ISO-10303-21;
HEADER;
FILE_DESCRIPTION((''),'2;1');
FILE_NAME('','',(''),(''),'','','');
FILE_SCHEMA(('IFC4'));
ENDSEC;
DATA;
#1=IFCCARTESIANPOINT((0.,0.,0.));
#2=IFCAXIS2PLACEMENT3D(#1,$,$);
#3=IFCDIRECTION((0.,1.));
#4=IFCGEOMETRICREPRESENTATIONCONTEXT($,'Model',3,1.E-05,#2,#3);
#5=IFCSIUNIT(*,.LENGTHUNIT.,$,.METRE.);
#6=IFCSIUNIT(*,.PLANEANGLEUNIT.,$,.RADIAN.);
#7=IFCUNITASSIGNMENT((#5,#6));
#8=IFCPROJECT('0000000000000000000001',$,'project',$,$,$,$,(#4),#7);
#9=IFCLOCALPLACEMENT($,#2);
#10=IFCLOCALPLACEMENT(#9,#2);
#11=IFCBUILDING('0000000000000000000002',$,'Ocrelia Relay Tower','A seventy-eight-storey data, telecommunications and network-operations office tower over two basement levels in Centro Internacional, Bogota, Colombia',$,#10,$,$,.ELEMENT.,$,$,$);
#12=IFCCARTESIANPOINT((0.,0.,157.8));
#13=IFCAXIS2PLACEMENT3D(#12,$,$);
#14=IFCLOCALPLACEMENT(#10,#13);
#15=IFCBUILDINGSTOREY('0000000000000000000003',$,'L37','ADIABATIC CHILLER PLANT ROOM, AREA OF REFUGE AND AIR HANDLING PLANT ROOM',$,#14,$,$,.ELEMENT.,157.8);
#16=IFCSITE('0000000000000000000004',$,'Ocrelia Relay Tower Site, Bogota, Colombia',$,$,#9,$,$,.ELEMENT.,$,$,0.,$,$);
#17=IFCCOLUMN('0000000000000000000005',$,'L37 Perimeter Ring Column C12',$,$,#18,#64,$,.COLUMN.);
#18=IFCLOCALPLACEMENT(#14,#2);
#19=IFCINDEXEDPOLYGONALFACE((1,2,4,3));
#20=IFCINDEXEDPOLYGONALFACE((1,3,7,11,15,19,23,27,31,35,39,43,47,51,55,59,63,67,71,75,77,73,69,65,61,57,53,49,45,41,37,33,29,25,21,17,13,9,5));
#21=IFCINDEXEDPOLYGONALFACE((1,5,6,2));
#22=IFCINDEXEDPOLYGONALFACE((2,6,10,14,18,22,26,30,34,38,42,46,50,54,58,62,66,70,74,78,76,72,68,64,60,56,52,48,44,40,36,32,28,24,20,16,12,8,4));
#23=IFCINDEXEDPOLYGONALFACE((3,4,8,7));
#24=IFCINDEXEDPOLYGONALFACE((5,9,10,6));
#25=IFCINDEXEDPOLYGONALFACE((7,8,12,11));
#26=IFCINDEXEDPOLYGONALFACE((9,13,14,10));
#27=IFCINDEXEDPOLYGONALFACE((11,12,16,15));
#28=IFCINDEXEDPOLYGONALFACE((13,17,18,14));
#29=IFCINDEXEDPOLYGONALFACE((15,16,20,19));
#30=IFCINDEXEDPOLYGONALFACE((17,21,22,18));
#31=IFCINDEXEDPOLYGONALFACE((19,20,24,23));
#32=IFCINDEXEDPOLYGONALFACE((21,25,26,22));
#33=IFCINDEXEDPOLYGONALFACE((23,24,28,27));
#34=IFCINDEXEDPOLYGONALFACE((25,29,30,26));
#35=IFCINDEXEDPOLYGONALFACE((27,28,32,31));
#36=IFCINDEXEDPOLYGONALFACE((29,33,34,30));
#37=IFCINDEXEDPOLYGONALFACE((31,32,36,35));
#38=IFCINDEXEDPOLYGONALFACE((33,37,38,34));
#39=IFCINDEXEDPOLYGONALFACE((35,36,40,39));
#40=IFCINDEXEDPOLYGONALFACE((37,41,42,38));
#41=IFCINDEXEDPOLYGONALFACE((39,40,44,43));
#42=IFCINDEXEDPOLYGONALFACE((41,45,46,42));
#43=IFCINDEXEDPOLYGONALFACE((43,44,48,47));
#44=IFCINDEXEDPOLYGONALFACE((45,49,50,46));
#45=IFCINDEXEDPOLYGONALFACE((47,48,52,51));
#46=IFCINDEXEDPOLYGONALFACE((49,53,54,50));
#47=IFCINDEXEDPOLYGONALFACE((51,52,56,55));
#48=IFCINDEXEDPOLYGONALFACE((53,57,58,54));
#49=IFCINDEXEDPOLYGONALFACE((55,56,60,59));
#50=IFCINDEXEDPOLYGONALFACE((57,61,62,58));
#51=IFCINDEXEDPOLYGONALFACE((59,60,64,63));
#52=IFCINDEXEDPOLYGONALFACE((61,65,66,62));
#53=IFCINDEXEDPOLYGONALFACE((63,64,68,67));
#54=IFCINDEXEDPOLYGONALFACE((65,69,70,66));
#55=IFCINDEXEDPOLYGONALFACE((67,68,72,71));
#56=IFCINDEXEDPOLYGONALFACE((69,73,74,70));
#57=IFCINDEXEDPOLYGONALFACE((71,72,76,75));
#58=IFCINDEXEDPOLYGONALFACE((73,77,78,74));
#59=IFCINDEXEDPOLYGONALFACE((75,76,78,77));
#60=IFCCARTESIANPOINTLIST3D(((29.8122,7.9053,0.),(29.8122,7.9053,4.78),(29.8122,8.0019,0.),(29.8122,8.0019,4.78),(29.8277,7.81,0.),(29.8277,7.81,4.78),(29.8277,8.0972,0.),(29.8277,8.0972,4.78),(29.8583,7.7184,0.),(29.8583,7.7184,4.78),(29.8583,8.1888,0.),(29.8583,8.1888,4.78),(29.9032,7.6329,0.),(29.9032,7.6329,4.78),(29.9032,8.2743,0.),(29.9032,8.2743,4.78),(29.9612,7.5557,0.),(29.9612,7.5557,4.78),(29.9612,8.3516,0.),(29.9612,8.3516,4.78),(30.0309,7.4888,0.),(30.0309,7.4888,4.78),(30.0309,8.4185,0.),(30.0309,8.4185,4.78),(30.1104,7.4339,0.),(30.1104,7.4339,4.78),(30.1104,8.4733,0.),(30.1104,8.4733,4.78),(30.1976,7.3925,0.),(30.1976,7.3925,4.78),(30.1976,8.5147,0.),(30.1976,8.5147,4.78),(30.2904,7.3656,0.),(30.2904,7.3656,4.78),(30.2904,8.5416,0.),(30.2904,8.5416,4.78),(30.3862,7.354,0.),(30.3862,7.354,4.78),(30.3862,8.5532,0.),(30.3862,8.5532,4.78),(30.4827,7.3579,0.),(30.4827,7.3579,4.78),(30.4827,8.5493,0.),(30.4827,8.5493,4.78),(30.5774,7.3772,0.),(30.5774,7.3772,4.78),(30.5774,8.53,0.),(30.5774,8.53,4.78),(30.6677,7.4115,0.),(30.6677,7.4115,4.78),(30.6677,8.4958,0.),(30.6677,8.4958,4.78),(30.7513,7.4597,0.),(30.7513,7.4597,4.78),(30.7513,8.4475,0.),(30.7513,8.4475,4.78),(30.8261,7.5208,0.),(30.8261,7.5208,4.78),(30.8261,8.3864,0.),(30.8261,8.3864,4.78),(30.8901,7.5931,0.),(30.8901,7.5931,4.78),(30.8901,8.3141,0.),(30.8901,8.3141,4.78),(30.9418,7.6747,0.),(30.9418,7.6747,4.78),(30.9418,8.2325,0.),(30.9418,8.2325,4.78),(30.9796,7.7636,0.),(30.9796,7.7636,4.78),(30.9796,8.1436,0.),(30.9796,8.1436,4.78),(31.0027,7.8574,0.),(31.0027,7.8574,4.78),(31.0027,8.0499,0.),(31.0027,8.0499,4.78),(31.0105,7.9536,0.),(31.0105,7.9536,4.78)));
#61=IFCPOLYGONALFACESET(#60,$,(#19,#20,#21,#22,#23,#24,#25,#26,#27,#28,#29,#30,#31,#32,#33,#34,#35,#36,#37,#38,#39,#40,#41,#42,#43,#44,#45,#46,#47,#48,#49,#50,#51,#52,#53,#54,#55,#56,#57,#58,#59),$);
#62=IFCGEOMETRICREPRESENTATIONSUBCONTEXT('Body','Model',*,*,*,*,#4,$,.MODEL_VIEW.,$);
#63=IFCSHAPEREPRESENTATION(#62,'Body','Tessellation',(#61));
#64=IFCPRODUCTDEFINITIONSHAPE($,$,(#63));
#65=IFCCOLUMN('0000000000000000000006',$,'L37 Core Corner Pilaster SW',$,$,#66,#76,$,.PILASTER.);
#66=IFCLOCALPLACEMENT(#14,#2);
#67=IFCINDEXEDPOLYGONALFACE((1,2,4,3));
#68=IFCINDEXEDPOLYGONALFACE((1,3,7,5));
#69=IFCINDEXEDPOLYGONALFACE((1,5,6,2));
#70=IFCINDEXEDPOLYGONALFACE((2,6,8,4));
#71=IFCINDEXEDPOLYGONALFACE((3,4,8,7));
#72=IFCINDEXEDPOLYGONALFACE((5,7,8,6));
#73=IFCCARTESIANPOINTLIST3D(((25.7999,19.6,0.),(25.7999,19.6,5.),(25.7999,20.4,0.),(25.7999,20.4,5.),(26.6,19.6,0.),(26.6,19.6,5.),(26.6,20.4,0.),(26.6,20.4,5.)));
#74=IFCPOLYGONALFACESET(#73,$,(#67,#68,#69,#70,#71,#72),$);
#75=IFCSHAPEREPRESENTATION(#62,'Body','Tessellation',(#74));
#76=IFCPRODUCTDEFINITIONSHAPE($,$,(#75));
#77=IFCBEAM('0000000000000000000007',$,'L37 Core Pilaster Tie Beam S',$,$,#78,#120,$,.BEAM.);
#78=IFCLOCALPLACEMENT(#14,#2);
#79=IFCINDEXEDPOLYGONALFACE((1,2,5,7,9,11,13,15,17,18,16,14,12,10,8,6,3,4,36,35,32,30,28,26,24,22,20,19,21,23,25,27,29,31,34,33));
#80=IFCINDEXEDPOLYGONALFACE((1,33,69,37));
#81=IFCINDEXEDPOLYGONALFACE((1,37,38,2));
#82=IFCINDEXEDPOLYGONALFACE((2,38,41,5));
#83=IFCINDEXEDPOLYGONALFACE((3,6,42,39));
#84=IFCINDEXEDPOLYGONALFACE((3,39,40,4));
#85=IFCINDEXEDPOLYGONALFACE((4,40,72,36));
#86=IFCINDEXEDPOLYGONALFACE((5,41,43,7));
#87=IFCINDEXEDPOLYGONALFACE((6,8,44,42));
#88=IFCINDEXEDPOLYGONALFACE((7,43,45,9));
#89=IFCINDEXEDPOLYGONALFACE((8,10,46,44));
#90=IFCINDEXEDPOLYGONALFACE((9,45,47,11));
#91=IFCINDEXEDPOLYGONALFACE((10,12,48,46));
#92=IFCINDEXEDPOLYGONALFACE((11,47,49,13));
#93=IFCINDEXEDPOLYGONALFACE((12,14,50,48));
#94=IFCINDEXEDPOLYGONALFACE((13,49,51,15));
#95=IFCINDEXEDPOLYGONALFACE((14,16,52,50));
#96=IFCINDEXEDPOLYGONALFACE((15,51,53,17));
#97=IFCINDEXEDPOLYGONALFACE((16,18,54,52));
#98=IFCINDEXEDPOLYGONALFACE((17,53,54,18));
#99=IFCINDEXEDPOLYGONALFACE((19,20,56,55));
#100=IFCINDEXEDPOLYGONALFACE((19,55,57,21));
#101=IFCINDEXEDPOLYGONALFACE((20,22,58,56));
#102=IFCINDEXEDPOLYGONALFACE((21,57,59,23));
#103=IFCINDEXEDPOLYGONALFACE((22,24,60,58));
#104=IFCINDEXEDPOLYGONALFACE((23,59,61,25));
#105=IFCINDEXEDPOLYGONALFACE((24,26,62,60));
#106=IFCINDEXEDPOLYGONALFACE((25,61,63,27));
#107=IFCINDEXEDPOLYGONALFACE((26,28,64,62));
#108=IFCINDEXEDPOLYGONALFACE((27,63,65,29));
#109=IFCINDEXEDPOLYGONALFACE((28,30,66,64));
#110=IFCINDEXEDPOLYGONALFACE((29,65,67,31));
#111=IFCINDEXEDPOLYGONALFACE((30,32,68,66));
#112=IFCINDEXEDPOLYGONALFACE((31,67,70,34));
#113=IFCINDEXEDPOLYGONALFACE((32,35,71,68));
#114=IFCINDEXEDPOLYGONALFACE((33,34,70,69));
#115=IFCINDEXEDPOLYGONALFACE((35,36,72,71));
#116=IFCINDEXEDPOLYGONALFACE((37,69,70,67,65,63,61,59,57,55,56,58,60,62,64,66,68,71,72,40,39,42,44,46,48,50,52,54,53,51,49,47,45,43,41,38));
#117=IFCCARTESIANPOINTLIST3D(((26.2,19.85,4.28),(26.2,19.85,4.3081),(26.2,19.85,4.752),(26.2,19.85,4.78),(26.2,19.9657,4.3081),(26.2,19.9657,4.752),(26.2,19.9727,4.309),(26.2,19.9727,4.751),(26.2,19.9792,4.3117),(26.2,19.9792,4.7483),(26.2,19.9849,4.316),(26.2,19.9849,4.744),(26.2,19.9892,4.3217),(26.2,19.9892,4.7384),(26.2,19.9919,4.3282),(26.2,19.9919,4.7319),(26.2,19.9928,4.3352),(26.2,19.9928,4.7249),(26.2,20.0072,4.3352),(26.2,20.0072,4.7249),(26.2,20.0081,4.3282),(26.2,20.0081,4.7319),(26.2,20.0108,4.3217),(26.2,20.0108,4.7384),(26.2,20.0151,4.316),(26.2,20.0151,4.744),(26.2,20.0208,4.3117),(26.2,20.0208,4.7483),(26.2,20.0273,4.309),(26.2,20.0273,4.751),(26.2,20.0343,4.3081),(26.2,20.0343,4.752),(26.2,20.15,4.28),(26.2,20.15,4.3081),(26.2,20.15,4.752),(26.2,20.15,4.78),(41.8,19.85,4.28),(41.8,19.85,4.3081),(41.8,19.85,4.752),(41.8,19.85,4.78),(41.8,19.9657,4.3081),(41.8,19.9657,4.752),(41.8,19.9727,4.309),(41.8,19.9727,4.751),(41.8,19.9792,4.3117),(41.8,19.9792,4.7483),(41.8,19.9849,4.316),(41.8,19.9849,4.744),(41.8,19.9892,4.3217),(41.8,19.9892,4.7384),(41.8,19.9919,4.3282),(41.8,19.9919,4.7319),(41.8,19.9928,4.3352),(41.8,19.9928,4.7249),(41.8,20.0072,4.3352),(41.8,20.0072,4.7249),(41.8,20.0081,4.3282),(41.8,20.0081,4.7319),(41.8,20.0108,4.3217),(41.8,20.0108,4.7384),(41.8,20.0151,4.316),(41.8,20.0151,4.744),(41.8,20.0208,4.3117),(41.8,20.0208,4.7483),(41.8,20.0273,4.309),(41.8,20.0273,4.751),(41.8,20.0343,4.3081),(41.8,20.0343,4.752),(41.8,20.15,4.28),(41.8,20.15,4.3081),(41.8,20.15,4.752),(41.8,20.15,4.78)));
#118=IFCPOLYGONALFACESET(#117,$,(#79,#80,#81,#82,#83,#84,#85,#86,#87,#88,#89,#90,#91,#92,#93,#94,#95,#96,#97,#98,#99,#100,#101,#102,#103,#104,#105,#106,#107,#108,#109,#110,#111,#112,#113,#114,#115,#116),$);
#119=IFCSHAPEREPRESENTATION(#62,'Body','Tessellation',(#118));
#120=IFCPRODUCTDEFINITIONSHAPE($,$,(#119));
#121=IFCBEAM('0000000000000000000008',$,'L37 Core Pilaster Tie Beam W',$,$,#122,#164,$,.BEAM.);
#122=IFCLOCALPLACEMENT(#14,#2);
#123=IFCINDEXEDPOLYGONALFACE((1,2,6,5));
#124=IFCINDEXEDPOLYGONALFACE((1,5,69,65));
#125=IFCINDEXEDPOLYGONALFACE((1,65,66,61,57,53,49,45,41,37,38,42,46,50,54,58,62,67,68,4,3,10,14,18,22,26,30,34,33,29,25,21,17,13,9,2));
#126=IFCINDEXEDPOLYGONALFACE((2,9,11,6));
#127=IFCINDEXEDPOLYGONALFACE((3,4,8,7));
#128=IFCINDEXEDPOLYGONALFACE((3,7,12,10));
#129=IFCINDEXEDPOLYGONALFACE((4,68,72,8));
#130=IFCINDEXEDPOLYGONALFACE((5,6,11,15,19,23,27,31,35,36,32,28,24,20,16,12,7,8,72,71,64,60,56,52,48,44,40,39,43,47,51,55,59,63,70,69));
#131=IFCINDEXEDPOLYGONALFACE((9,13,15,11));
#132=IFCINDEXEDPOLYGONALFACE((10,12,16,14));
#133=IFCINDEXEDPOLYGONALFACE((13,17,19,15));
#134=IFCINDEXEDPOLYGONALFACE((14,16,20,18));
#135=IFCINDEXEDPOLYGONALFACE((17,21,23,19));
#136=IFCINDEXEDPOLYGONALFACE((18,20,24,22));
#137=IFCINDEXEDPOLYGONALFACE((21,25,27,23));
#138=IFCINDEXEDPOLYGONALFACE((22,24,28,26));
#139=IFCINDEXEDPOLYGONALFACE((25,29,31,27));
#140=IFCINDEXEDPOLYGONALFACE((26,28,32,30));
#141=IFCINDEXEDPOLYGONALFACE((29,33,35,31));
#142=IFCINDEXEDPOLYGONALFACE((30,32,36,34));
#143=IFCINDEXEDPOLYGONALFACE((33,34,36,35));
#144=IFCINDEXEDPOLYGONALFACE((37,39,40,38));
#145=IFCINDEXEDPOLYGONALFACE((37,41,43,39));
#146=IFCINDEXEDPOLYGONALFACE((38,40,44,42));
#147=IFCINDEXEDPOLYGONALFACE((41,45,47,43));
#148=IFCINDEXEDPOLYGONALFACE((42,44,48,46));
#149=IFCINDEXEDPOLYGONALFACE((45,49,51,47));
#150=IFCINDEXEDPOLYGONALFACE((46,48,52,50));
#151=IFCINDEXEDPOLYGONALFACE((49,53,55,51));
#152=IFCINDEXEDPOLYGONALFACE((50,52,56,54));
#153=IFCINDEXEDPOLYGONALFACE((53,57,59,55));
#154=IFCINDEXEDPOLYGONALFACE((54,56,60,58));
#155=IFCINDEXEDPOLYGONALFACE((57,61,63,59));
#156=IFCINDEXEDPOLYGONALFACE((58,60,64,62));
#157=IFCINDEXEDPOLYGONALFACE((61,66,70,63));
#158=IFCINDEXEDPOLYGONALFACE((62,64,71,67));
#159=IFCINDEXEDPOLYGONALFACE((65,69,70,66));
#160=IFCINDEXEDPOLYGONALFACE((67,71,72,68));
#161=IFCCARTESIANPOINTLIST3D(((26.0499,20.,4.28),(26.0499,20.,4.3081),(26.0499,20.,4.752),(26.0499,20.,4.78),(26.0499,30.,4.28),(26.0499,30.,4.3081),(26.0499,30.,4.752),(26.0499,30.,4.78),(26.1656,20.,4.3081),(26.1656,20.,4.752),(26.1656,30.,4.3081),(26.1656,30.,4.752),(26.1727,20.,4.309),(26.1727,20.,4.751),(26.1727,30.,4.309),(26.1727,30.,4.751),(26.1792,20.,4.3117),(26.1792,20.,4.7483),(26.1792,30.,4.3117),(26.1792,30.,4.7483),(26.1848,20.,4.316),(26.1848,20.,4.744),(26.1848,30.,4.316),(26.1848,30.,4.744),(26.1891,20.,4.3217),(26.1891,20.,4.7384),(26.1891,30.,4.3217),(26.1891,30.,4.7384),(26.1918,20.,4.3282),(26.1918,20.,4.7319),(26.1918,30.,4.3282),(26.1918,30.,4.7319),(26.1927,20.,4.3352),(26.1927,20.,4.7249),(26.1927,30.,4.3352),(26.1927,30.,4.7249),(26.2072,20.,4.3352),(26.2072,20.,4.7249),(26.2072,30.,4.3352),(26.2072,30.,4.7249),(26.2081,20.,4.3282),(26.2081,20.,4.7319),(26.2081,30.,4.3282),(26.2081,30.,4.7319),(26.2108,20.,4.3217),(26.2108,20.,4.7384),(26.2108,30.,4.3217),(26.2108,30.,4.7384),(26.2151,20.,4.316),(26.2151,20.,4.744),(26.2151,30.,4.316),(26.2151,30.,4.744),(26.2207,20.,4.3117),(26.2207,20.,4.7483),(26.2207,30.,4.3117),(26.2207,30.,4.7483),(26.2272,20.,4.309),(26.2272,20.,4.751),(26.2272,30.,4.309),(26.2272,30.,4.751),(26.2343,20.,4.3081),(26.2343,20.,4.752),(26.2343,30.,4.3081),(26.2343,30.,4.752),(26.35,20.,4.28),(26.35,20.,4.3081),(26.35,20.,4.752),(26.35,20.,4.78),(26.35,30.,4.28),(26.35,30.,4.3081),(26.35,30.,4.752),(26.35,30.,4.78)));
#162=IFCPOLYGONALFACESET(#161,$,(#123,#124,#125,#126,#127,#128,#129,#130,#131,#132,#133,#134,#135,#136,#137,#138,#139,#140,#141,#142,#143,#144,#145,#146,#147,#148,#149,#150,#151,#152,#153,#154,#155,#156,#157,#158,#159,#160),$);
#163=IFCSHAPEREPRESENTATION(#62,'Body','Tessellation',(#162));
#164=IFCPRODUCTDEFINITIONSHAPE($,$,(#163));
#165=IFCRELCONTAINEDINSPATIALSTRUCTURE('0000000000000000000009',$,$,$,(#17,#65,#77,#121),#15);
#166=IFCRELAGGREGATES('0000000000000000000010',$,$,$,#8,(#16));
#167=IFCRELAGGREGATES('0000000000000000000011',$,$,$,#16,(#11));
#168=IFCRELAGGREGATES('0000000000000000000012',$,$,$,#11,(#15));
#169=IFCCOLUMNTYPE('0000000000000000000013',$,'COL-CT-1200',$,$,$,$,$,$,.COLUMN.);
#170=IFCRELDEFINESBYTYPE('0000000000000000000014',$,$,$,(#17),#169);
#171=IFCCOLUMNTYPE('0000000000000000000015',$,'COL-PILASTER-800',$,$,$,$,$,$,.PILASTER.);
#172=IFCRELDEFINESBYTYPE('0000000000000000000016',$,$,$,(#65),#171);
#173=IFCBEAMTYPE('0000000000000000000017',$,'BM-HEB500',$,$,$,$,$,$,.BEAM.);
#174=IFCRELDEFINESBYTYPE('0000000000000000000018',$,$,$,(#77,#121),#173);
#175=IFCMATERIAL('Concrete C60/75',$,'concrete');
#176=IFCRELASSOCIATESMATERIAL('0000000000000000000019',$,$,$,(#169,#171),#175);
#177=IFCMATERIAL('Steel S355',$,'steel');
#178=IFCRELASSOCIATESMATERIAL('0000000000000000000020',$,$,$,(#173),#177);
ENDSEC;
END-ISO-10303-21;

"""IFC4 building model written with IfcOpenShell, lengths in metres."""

from ifc_helpers import new_model, si_unit, direction, frame, origin, origin_2d, place, context, subcontext, project, spatial, rectangle, circle, i_section, extrude, material, material_profile, profile_set, type_object, element, save


model = new_model("IFC4")

# Units and contexts
model_context = context("Model", 3, precision=1e-05, world=origin(), true_north=direction((0.0, 1.0)))
body_context = subcontext(model_context, "Body", "Model", "MODEL_VIEW")
ifc_project = project(units=[si_unit("LENGTHUNIT", "METRE"), si_unit("PLANEANGLEUNIT", "RADIAN")], contexts=[model_context])

# Site, building, storey
site_placement = place(None, origin())
site = spatial("IfcSite", under=ifc_project, at=site_placement, Name="Ocrelia Relay Tower Site, Bogota, Colombia", CompositionType="ELEMENT", RefElevation=0.0)
building_placement = place(site_placement, origin())
building = spatial("IfcBuilding", under=site, at=building_placement, Name="Ocrelia Relay Tower", Description="A seventy-eight-storey data, telecommunications and network-operations office tower over two basement levels in Centro Internacional, Bogota, Colombia", CompositionType="ELEMENT")
storey_placement = place(building_placement, frame((0.0, 0.0, 157.8)))
storey = spatial("IfcBuildingStorey", under=building, at=storey_placement, Name="L37", Description="ADIABATIC CHILLER PLANT ROOM, AREA OF REFUGE AND AIR HANDLING PLANT ROOM", CompositionType="ELEMENT", Elevation=157.8)

# Columns
ifc_material_1 = material(Name="Concrete C60/75", Category="concrete")
ifc_material_profile_1 = material_profile(ifc_material_1, circle(Radius=0.6001, at=origin_2d()), Name="RC-CIR-1200")
ifc_profile_set_1 = profile_set([ifc_material_profile_1], Name="Concrete C60/75")
column_type_1 = type_object("IfcColumnType", Name="COL-CT-1200", PredefinedType="COLUMN", material=ifc_profile_set_1)
column_1_placement = place(storey_placement, frame((30.4104, 7.9536, 0.0), z_axis=(0.0, 0.0, 1.0), x_axis=(1.0, 0.0, 0.0)))
element("IfcColumn", 1, at=column_1_placement, inside=storey, type_object=column_type_1, Name="L37 Perimeter Ring Column C12", PredefinedType="COLUMN", context=body_context, shape_type="SweptSolid", body=[
    extrude(circle(Radius=0.6001, at=origin_2d()), origin(), (0.0, 0.0, 1.0), 4.78),
])
ifc_material_profile_2 = material_profile(ifc_material_1, rectangle(XDim=0.8, YDim=0.8, at=origin_2d()), Name="RC-COL-800x800")
ifc_profile_set_2 = profile_set([ifc_material_profile_2], Name="Concrete C60/75")
column_type_2 = type_object("IfcColumnType", Name="COL-PILASTER-800", PredefinedType="PILASTER", material=ifc_profile_set_2)
column_2_placement = place(storey_placement, frame((26.2, 20.0, 0.0), z_axis=(0.0, 0.0, 1.0), x_axis=(1.0, 0.0, 0.0)))
element("IfcColumn", 2, at=column_2_placement, inside=storey, type_object=column_type_2, Name="L37 Core Corner Pilaster SW", PredefinedType="PILASTER", context=body_context, shape_type="SweptSolid", body=[
    extrude(rectangle(XDim=0.8, YDim=0.8, at=origin_2d()), origin(), (0.0, 0.0, 1.0), 5.0),
])

# Beams
ifc_material_2 = material(Name="Steel S355", Category="steel")
ifc_material_profile_3 = material_profile(ifc_material_2, i_section(OverallWidth=0.3, OverallDepth=0.5, WebThickness=0.0144, FlangeThickness=0.0281, FilletRadius=0.0271, at=origin_2d()), Name="HEB 500")
ifc_profile_set_3 = profile_set([ifc_material_profile_3], Name="Steel S355")
beam_type_1 = type_object("IfcBeamType", Name="BM-HEB500", PredefinedType="BEAM", material=ifc_profile_set_3)
beam_1_placement = place(storey_placement, frame((26.2, 20.0, 4.53), z_axis=(1.0, 0.0, 0.0), x_axis=(0.0, 1.0, 0.0)))
element("IfcBeam", 3, at=beam_1_placement, inside=storey, type_object=beam_type_1, Name="L37 Core Pilaster Tie Beam S", PredefinedType="BEAM", context=body_context, shape_type="SweptSolid", body=[
    extrude(i_section(OverallWidth=0.3, OverallDepth=0.5, WebThickness=0.0144, FlangeThickness=0.0281, FilletRadius=0.0271, at=origin_2d()), origin(), (0.0, 0.0, 1.0), 15.6001),
])
beam_2_placement = place(storey_placement, frame((26.2, 20.0, 4.53), z_axis=(0.0, 1.0, 0.0), x_axis=(-1.0, 0.0, 0.0)))
element("IfcBeam", 4, at=beam_2_placement, inside=storey, type_object=beam_type_1, Name="L37 Core Pilaster Tie Beam W", PredefinedType="BEAM", context=body_context, shape_type="SweptSolid", body=[
    extrude(i_section(OverallWidth=0.3, OverallDepth=0.5, WebThickness=0.0144, FlangeThickness=0.0281, FilletRadius=0.0271, at=origin_2d()), origin(), (0.0, 0.0, 1.0), 10.0),
])

save(model, "model.ifc")
